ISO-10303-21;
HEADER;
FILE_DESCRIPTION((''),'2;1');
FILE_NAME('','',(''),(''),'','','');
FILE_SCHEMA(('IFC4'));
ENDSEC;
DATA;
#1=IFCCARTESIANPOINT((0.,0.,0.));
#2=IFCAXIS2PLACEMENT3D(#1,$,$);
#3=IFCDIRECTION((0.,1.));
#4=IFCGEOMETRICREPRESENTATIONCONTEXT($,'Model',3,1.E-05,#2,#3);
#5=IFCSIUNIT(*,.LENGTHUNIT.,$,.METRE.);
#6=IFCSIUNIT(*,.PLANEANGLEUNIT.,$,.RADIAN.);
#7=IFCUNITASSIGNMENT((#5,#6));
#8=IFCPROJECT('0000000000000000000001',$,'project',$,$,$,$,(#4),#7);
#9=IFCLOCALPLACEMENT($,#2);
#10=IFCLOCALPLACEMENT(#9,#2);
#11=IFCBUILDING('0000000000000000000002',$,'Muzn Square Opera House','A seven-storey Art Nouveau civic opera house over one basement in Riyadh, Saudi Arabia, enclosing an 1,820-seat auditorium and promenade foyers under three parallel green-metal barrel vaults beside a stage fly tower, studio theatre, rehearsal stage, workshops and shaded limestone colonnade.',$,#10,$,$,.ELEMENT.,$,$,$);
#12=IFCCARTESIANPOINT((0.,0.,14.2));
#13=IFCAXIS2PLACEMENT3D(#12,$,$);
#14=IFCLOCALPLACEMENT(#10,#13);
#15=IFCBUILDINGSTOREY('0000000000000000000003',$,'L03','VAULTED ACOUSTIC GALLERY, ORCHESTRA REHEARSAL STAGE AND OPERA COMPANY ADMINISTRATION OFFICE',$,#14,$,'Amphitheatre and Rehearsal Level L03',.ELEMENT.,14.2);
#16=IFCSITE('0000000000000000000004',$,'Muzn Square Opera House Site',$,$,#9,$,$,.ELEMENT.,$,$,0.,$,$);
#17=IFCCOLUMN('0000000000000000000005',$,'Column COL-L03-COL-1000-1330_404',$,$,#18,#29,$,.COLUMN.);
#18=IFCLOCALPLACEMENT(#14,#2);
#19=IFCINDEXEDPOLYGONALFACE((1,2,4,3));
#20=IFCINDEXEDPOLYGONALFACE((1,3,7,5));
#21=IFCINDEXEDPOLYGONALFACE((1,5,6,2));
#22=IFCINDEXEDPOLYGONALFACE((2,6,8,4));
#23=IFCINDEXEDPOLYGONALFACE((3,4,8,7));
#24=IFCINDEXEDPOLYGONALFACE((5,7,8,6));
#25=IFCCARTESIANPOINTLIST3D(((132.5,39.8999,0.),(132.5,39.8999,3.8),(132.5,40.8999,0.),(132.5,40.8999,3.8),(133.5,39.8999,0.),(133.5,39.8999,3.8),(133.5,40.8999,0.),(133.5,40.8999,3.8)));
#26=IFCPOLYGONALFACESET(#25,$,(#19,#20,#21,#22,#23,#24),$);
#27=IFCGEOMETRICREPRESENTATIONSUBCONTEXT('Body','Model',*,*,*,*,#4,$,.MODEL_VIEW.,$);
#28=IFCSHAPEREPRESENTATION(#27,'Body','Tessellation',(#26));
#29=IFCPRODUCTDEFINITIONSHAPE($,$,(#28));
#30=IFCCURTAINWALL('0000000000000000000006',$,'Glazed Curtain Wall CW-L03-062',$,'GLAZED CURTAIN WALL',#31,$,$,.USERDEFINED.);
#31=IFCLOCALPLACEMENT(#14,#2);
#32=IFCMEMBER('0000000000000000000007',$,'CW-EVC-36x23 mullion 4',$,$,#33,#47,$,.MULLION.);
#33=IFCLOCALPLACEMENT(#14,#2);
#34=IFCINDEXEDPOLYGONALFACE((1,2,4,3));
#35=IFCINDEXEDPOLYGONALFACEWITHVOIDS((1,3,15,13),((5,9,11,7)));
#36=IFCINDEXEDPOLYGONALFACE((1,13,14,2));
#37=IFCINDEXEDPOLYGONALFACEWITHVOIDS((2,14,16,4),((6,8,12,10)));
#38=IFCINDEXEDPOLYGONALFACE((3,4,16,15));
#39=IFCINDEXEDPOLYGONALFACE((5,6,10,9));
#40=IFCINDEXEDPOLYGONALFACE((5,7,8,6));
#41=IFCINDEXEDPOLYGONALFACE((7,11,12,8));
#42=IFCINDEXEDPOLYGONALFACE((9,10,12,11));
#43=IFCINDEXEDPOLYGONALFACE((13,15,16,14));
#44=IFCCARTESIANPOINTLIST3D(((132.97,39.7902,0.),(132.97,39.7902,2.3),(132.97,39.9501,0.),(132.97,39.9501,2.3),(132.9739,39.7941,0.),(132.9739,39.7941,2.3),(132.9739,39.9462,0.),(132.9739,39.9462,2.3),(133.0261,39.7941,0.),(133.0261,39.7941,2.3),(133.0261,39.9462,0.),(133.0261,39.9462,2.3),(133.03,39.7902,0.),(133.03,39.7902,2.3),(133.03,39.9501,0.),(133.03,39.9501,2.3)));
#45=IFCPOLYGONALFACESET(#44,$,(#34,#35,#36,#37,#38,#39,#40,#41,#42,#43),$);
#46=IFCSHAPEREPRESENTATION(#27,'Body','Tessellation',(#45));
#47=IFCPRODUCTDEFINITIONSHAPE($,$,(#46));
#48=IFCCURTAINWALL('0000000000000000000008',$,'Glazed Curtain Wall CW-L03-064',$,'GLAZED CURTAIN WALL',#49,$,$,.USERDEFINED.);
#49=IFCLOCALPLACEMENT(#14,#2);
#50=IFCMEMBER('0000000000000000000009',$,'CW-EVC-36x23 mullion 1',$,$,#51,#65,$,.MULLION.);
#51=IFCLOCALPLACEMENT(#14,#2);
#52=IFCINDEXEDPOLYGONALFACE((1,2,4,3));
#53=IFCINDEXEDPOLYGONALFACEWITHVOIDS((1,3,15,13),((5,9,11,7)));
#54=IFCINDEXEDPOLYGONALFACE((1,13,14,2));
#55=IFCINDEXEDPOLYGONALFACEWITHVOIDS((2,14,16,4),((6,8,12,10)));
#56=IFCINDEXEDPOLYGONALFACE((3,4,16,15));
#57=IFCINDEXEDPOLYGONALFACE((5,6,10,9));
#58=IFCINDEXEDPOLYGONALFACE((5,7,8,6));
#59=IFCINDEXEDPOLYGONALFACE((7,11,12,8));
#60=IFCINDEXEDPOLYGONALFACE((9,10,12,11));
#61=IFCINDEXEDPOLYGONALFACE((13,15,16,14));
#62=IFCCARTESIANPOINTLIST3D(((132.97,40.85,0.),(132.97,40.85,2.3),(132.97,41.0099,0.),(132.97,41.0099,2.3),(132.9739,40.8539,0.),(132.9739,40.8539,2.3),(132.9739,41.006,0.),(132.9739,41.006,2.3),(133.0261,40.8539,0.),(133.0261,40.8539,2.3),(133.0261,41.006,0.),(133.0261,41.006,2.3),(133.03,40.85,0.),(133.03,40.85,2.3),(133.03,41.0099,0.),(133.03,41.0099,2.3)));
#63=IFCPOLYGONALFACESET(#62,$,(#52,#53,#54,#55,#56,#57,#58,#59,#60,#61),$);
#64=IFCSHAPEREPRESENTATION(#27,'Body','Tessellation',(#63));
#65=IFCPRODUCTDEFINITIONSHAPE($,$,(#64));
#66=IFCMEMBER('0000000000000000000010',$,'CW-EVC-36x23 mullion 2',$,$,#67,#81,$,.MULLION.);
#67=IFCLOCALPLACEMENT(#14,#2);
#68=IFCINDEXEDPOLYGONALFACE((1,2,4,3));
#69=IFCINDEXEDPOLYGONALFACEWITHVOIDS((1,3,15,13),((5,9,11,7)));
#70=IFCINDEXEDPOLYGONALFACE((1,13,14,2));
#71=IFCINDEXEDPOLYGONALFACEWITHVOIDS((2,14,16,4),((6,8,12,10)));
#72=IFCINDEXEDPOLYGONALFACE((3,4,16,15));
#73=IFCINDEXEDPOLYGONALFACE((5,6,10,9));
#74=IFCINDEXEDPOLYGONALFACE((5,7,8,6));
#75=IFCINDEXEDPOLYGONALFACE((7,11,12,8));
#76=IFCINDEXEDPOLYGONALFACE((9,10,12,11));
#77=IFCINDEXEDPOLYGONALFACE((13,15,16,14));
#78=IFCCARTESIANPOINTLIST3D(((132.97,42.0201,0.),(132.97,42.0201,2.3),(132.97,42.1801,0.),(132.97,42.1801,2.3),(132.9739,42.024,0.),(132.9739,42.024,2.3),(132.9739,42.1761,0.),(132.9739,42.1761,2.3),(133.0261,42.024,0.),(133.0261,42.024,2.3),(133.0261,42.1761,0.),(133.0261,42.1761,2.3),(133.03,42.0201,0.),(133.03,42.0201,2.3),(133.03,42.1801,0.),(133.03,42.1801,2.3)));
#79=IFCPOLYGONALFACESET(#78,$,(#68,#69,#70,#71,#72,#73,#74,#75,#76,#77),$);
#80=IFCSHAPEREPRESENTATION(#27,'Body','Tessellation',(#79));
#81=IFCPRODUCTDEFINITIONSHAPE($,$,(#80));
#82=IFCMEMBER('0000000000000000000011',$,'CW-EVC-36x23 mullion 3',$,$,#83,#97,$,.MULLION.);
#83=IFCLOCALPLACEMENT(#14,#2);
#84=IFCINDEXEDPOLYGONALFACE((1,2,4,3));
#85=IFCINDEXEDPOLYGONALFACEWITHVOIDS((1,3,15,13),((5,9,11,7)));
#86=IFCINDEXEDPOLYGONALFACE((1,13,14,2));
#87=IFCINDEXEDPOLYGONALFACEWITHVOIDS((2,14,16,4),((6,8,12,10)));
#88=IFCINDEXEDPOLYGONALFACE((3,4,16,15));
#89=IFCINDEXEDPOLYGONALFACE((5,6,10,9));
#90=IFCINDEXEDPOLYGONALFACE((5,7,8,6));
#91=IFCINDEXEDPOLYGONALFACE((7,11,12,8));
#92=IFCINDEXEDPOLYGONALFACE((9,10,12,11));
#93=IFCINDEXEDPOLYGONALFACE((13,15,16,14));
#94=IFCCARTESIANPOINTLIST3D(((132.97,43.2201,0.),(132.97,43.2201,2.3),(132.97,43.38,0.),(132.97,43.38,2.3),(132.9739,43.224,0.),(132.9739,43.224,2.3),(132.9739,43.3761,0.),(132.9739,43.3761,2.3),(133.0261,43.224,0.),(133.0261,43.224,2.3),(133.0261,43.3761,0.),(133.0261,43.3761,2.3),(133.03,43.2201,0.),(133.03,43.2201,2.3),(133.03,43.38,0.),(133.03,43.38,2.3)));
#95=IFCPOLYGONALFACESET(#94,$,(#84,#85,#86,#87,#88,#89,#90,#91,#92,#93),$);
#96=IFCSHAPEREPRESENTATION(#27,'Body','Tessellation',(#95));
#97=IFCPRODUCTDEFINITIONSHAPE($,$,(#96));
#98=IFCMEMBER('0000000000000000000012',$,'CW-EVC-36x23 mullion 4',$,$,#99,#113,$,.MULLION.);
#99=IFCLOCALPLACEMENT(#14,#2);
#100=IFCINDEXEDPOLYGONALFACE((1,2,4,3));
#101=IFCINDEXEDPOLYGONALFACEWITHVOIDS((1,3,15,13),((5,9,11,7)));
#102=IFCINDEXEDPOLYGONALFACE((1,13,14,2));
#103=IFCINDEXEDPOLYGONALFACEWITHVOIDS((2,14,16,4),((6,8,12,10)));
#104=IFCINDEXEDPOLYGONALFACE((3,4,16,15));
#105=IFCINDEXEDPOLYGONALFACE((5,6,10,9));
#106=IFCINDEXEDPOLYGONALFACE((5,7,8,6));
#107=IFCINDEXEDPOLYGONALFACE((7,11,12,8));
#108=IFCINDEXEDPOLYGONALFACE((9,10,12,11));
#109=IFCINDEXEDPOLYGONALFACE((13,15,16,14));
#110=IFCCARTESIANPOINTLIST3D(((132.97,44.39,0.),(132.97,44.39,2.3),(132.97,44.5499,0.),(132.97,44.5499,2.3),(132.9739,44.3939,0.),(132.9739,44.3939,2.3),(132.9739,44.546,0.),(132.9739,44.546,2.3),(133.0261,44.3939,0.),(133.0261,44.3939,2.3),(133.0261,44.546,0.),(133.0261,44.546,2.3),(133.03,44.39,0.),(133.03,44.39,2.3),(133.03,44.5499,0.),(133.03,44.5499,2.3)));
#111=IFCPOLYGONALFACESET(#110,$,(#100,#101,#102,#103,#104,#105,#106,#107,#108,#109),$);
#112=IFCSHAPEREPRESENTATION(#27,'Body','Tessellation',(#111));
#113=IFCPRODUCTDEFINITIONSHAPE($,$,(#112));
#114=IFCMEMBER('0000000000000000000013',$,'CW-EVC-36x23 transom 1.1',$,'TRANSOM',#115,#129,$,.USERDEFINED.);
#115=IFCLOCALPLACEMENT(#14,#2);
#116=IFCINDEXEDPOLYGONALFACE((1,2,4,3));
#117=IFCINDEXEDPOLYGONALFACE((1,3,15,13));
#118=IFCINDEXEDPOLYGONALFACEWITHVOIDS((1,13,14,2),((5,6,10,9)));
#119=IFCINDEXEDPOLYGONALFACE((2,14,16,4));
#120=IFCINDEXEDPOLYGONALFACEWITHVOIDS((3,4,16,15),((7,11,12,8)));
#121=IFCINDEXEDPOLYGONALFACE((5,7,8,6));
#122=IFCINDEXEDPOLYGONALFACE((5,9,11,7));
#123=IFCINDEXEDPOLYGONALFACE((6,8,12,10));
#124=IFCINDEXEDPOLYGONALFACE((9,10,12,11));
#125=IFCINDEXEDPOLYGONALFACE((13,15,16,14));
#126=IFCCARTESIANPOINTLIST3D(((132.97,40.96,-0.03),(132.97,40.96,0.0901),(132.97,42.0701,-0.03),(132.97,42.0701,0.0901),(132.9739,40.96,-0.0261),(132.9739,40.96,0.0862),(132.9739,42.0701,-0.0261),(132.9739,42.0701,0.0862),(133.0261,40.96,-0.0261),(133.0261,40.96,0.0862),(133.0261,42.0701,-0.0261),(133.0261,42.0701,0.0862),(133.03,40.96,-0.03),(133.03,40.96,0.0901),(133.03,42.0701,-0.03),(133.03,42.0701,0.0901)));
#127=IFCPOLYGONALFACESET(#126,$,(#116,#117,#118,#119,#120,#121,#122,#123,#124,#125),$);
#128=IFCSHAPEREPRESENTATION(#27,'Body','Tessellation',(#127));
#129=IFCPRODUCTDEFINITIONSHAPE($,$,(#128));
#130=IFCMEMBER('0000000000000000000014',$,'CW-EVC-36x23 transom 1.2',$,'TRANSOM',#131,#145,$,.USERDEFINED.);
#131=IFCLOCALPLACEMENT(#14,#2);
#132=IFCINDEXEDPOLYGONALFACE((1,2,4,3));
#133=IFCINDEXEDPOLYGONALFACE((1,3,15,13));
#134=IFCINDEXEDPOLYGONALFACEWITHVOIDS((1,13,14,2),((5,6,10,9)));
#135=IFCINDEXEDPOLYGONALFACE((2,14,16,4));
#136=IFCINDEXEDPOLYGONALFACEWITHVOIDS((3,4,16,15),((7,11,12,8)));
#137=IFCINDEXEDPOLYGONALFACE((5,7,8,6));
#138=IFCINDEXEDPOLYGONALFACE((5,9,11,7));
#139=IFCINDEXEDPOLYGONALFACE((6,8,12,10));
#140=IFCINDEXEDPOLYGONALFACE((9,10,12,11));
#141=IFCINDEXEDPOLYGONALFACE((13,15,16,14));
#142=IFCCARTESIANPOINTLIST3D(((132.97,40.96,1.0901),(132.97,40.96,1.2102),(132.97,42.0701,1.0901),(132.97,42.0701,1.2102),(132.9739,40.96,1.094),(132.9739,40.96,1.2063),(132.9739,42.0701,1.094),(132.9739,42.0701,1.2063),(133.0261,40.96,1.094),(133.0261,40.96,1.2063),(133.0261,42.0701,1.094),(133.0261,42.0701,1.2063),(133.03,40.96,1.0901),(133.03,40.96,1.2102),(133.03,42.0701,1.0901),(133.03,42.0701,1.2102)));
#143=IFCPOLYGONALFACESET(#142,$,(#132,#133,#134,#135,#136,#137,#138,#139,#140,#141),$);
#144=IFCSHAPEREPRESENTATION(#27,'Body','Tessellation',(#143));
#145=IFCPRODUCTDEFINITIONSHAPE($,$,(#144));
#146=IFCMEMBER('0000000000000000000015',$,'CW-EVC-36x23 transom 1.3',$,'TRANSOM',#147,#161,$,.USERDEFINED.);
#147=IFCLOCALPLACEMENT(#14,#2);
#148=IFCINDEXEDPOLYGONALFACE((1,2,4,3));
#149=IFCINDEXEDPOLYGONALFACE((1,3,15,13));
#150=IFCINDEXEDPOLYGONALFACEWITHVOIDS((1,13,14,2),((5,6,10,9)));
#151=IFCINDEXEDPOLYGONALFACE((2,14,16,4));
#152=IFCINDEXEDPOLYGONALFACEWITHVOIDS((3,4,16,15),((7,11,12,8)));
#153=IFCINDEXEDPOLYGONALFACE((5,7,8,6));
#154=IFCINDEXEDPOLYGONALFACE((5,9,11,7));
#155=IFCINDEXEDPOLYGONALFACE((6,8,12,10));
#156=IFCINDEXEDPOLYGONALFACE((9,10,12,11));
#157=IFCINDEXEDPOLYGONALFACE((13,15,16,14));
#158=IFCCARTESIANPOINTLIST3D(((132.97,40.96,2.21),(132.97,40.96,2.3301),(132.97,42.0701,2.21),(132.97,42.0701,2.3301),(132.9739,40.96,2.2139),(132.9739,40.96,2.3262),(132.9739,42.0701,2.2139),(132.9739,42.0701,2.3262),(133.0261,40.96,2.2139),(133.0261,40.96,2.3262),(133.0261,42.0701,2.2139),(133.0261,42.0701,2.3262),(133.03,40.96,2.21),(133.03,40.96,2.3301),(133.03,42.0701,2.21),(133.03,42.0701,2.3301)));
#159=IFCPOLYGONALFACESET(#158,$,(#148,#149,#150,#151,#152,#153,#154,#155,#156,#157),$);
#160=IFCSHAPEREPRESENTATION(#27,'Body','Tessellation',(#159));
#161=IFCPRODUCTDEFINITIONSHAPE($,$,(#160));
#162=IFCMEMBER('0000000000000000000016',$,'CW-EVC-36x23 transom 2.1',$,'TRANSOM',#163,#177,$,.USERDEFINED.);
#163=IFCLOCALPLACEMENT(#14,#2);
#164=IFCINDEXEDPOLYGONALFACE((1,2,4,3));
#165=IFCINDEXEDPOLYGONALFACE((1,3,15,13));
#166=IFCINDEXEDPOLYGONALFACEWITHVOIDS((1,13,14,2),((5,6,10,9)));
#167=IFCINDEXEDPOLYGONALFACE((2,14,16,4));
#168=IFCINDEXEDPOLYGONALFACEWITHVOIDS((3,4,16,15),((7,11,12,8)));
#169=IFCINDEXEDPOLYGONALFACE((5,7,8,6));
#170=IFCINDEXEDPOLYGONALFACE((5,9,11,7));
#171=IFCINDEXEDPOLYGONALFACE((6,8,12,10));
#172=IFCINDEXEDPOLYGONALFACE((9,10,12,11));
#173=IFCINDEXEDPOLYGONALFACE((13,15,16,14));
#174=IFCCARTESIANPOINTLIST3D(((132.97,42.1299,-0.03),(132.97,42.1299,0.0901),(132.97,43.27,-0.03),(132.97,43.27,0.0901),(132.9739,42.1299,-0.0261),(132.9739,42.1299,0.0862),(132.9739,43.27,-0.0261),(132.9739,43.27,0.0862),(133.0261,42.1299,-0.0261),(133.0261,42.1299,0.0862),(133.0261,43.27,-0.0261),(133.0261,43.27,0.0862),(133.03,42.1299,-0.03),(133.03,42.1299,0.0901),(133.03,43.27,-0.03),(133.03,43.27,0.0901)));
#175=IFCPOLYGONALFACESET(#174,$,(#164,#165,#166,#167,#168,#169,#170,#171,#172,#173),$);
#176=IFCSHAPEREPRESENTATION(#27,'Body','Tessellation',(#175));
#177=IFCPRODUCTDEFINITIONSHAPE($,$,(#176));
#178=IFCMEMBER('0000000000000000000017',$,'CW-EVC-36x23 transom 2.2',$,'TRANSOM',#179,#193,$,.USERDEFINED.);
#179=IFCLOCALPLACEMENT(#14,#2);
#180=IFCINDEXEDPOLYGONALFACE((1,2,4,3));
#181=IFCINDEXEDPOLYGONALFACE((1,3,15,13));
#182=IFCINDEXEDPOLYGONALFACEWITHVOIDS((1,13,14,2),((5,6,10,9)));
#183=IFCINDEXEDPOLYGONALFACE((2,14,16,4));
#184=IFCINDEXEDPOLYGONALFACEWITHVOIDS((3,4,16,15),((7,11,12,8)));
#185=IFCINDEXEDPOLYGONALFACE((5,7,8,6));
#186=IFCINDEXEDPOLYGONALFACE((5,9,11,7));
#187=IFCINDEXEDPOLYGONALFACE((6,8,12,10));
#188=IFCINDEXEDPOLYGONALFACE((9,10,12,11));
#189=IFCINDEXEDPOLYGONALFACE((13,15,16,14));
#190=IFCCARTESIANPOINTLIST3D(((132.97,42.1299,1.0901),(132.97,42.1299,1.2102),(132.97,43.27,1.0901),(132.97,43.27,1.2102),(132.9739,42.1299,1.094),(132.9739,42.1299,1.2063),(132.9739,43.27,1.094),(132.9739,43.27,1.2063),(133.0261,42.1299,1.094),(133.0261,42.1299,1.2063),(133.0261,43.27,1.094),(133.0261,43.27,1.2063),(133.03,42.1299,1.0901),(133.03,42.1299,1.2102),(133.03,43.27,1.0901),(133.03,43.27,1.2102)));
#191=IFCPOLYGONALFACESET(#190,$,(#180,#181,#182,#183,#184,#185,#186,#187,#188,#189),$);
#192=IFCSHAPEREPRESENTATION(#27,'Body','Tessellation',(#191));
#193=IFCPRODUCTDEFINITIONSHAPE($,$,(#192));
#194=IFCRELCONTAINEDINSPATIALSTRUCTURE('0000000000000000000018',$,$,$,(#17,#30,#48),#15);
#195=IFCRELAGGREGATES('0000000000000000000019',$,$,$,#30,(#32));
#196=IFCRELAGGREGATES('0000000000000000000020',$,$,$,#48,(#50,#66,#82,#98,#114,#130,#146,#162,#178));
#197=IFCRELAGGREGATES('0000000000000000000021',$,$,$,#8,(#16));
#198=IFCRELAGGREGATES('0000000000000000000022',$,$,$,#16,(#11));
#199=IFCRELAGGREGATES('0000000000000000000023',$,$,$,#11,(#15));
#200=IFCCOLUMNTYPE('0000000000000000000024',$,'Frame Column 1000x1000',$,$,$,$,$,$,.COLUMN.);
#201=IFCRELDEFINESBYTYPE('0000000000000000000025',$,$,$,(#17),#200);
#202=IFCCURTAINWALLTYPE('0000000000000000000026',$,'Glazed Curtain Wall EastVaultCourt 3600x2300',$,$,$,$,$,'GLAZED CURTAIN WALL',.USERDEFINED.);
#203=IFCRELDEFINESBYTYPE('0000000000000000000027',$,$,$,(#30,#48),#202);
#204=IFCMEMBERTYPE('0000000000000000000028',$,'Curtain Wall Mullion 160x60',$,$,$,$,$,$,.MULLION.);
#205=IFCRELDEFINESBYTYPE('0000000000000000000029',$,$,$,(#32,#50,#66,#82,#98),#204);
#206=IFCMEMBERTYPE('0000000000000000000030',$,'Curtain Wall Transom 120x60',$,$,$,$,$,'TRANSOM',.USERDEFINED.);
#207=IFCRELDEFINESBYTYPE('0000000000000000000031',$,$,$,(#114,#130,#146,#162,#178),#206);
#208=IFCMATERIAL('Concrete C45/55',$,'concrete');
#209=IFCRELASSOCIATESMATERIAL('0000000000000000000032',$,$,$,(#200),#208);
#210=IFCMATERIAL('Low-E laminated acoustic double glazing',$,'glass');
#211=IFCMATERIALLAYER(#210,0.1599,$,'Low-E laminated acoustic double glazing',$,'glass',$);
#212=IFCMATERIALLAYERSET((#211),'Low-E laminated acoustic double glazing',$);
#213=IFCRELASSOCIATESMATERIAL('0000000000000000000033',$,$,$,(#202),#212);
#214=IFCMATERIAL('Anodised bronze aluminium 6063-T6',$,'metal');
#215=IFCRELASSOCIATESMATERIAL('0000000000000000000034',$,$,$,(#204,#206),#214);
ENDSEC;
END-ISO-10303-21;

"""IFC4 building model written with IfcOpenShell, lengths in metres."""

from ifc_helpers import new_model, si_unit, direction, frame, origin, origin_2d, place, context, subcontext, project, spatial, rectangle, hollow_rectangle, extrude, material, layer, layer_set, material_profile, profile_set, type_object, element, aggregate, save


model = new_model("IFC4")

# Units and contexts
model_context = context("Model", 3, precision=1e-05, world=origin(), true_north=direction((0.0, 1.0)))
body_context = subcontext(model_context, "Body", "Model", "MODEL_VIEW")
ifc_project = project(units=[si_unit("LENGTHUNIT", "METRE"), si_unit("PLANEANGLEUNIT", "RADIAN")], contexts=[model_context])

# Site, building, storey
site_placement = place(None, origin())
site = spatial("IfcSite", under=ifc_project, at=site_placement, Name="Muzn Square Opera House Site", CompositionType="ELEMENT", RefElevation=0.0)
building_placement = place(site_placement, origin())
building = spatial("IfcBuilding", under=site, at=building_placement, Name="Muzn Square Opera House", Description="A seven-storey Art Nouveau civic opera house over one basement in Riyadh, Saudi Arabia, enclosing an 1,820-seat auditorium and promenade foyers under three parallel green-metal barrel vaults beside a stage fly tower, studio theatre, rehearsal stage, workshops and shaded limestone colonnade.", CompositionType="ELEMENT")
storey_placement = place(building_placement, frame((0.0, 0.0, 14.2)))
storey = spatial("IfcBuildingStorey", under=building, at=storey_placement, Name="L03", Description="VAULTED ACOUSTIC GALLERY, ORCHESTRA REHEARSAL STAGE AND OPERA COMPANY ADMINISTRATION OFFICE", LongName="Amphitheatre and Rehearsal Level L03", CompositionType="ELEMENT", Elevation=14.2)

# Column
ifc_material_1 = material(Name="Concrete C45/55", Category="concrete")
ifc_material_profile_1 = material_profile(ifc_material_1, rectangle(XDim=1.0, YDim=1.0, at=origin_2d()), Name="RC 1000x1000", Category="concrete")
ifc_profile_set_1 = profile_set([ifc_material_profile_1], Name="Concrete C45/55")
column_type = type_object("IfcColumnType", Name="Frame Column 1000x1000", PredefinedType="COLUMN", material=ifc_profile_set_1)
column_placement = place(storey_placement, frame((133.0, 40.3999, 0.0), z_axis=(0.0, 0.0, 1.0), x_axis=(1.0, 0.0, 0.0)))
element("IfcColumn", 1, at=column_placement, inside=storey, type_object=column_type, Name="Column COL-L03-COL-1000-1330_404", PredefinedType="COLUMN", context=body_context, shape_type="SweptSolid", body=[
    extrude(rectangle(XDim=1.0, YDim=1.0, at=origin_2d()), origin(), (0.0, 0.0, 1.0), 3.8),
])

# Curtain wall, member
ifc_material_2 = material(Name="Low-E laminated acoustic double glazing", Category="glass")
ifc_layer_1 = layer(ifc_material_2, 0.1599, Name="Low-E laminated acoustic double glazing", Category="glass")
ifc_layer_set_1 = layer_set([ifc_layer_1], Name="Low-E laminated acoustic double glazing")
curtain_wall_type = type_object("IfcCurtainWallType", Name="Glazed Curtain Wall EastVaultCourt 3600x2300", ElementType="GLAZED CURTAIN WALL", PredefinedType="USERDEFINED", material=ifc_layer_set_1)
curtain_wall_1_placement = place(storey_placement, origin())
curtain_wall_1 = element("IfcCurtainWall", 2, at=curtain_wall_1_placement, inside=storey, type_object=curtain_wall_type, Name="Glazed Curtain Wall CW-L03-062", ObjectType="GLAZED CURTAIN WALL", PredefinedType="USERDEFINED")
ifc_material_3 = material(Name="Anodised bronze aluminium 6063-T6", Category="metal")
ifc_material_profile_2 = material_profile(ifc_material_3, hollow_rectangle(XDim=0.0601, YDim=0.1599, WallThickness=0.0039, at=origin_2d()), Name="ALU 160x60x4", Category="metal")
ifc_profile_set_2 = profile_set([ifc_material_profile_2], Name="Anodised bronze aluminium 6063-T6")
member_type_1 = type_object("IfcMemberType", Name="Curtain Wall Mullion 160x60", PredefinedType="MULLION", material=ifc_profile_set_2)
member_1_placement = place(storey_placement, frame((133.0, 39.8701, 0.0), z_axis=(0.0, 0.0, 1.0), x_axis=(-1.0, 0.0, 0.0)))
member_1 = element("IfcMember", 3, at=member_1_placement, type_object=member_type_1, Name="CW-EVC-36x23 mullion 4", PredefinedType="MULLION", context=body_context, shape_type="SweptSolid", body=[
    extrude(hollow_rectangle(XDim=0.0601, YDim=0.1599, WallThickness=0.0039, at=origin_2d()), origin(), (0.0, 0.0, 1.0), 2.3),
])
aggregate(curtain_wall_1, [member_1])

# Curtain wall, members
curtain_wall_2_placement = place(storey_placement, origin())
curtain_wall_2 = element("IfcCurtainWall", 4, at=curtain_wall_2_placement, inside=storey, type_object=curtain_wall_type, Name="Glazed Curtain Wall CW-L03-064", ObjectType="GLAZED CURTAIN WALL", PredefinedType="USERDEFINED")
member_2_placement = place(storey_placement, frame((133.0, 40.9299, 0.0), z_axis=(0.0, 0.0, 1.0), x_axis=(-1.0, 0.0, 0.0)))
member_2 = element("IfcMember", 5, at=member_2_placement, type_object=member_type_1, Name="CW-EVC-36x23 mullion 1", PredefinedType="MULLION", context=body_context, shape_type="SweptSolid", body=[
    extrude(hollow_rectangle(XDim=0.0601, YDim=0.1599, WallThickness=0.0039, at=origin_2d()), origin(), (0.0, 0.0, 1.0), 2.3),
])
member_3_placement = place(storey_placement, frame((133.0, 42.1001, 0.0), z_axis=(0.0, 0.0, 1.0), x_axis=(-1.0, 0.0, 0.0)))
member_3 = element("IfcMember", 6, at=member_3_placement, type_object=member_type_1, Name="CW-EVC-36x23 mullion 2", PredefinedType="MULLION", context=body_context, shape_type="SweptSolid", body=[
    extrude(hollow_rectangle(XDim=0.0601, YDim=0.1599, WallThickness=0.0039, at=origin_2d()), origin(), (0.0, 0.0, 1.0), 2.3),
])
member_4_placement = place(storey_placement, frame((133.0, 43.3, 0.0), z_axis=(0.0, 0.0, 1.0), x_axis=(-1.0, 0.0, 0.0)))
member_4 = element("IfcMember", 7, at=member_4_placement, type_object=member_type_1, Name="CW-EVC-36x23 mullion 3", PredefinedType="MULLION", context=body_context, shape_type="SweptSolid", body=[
    extrude(hollow_rectangle(XDim=0.0601, YDim=0.1599, WallThickness=0.0039, at=origin_2d()), origin(), (0.0, 0.0, 1.0), 2.3),
])
member_5_placement = place(storey_placement, frame((133.0, 44.47, 0.0), z_axis=(0.0, 0.0, 1.0), x_axis=(-1.0, 0.0, 0.0)))
member_5 = element("IfcMember", 8, at=member_5_placement, type_object=member_type_1, Name="CW-EVC-36x23 mullion 4", PredefinedType="MULLION", context=body_context, shape_type="SweptSolid", body=[
    extrude(hollow_rectangle(XDim=0.0601, YDim=0.1599, WallThickness=0.0039, at=origin_2d()), origin(), (0.0, 0.0, 1.0), 2.3),
])
ifc_material_profile_3 = material_profile(ifc_material_3, hollow_rectangle(XDim=0.0601, YDim=0.1201, WallThickness=0.0039, at=origin_2d()), Name="ALU 120x60x4", Category="metal")
ifc_profile_set_3 = profile_set([ifc_material_profile_3], Name="Anodised bronze aluminium 6063-T6")
member_type_2 = type_object("IfcMemberType", Name="Curtain Wall Transom 120x60", ElementType="TRANSOM", PredefinedType="USERDEFINED", material=ifc_profile_set_3)
member_6_placement = place(storey_placement, frame((133.0, 40.96, 0.03), z_axis=(0.0, 1.0, 0.0), x_axis=(-1.0, 0.0, 0.0)))
member_6 = element("IfcMember", 9, at=member_6_placement, type_object=member_type_2, Name="CW-EVC-36x23 transom 1.1", ObjectType="TRANSOM", PredefinedType="USERDEFINED", context=body_context, shape_type="SweptSolid", body=[
    extrude(hollow_rectangle(XDim=0.0601, YDim=0.1201, WallThickness=0.0039, at=origin_2d()), origin(), (0.0, 0.0, 1.0), 1.1101),
])
member_7_placement = place(storey_placement, frame((133.0, 40.96, 1.1501), z_axis=(0.0, 1.0, 0.0), x_axis=(-1.0, 0.0, 0.0)))
member_7 = element("IfcMember", 10, at=member_7_placement, type_object=member_type_2, Name="CW-EVC-36x23 transom 1.2", ObjectType="TRANSOM", PredefinedType="USERDEFINED", context=body_context, shape_type="SweptSolid", body=[
    extrude(hollow_rectangle(XDim=0.0601, YDim=0.1201, WallThickness=0.0039, at=origin_2d()), origin(), (0.0, 0.0, 1.0), 1.1101),
])
member_8_placement = place(storey_placement, frame((133.0, 40.96, 2.27), z_axis=(0.0, 1.0, 0.0), x_axis=(-1.0, 0.0, 0.0)))
member_8 = element("IfcMember", 11, at=member_8_placement, type_object=member_type_2, Name="CW-EVC-36x23 transom 1.3", ObjectType="TRANSOM", PredefinedType="USERDEFINED", context=body_context, shape_type="SweptSolid", body=[
    extrude(hollow_rectangle(XDim=0.0601, YDim=0.1201, WallThickness=0.0039, at=origin_2d()), origin(), (0.0, 0.0, 1.0), 1.1101),
])
member_9_placement = place(storey_placement, frame((133.0, 42.1299, 0.03), z_axis=(0.0, 1.0, 0.0), x_axis=(-1.0, 0.0, 0.0)))
member_9 = element("IfcMember", 12, at=member_9_placement, type_object=member_type_2, Name="CW-EVC-36x23 transom 2.1", ObjectType="TRANSOM", PredefinedType="USERDEFINED", context=body_context, shape_type="SweptSolid", body=[
    extrude(hollow_rectangle(XDim=0.0601, YDim=0.1201, WallThickness=0.0039, at=origin_2d()), origin(), (0.0, 0.0, 1.0), 1.1401),
])
member_10_placement = place(storey_placement, frame((133.0, 42.1299, 1.1501), z_axis=(0.0, 1.0, 0.0), x_axis=(-1.0, 0.0, 0.0)))
member_10 = element("IfcMember", 13, at=member_10_placement, type_object=member_type_2, Name="CW-EVC-36x23 transom 2.2", ObjectType="TRANSOM", PredefinedType="USERDEFINED", context=body_context, shape_type="SweptSolid", body=[
    extrude(hollow_rectangle(XDim=0.0601, YDim=0.1201, WallThickness=0.0039, at=origin_2d()), origin(), (0.0, 0.0, 1.0), 1.1401),
])

aggregate(curtain_wall_2, [member_2, member_3, member_4, member_5, member_6, member_7, member_8, member_9, member_10])

save(model, "model.ifc")
